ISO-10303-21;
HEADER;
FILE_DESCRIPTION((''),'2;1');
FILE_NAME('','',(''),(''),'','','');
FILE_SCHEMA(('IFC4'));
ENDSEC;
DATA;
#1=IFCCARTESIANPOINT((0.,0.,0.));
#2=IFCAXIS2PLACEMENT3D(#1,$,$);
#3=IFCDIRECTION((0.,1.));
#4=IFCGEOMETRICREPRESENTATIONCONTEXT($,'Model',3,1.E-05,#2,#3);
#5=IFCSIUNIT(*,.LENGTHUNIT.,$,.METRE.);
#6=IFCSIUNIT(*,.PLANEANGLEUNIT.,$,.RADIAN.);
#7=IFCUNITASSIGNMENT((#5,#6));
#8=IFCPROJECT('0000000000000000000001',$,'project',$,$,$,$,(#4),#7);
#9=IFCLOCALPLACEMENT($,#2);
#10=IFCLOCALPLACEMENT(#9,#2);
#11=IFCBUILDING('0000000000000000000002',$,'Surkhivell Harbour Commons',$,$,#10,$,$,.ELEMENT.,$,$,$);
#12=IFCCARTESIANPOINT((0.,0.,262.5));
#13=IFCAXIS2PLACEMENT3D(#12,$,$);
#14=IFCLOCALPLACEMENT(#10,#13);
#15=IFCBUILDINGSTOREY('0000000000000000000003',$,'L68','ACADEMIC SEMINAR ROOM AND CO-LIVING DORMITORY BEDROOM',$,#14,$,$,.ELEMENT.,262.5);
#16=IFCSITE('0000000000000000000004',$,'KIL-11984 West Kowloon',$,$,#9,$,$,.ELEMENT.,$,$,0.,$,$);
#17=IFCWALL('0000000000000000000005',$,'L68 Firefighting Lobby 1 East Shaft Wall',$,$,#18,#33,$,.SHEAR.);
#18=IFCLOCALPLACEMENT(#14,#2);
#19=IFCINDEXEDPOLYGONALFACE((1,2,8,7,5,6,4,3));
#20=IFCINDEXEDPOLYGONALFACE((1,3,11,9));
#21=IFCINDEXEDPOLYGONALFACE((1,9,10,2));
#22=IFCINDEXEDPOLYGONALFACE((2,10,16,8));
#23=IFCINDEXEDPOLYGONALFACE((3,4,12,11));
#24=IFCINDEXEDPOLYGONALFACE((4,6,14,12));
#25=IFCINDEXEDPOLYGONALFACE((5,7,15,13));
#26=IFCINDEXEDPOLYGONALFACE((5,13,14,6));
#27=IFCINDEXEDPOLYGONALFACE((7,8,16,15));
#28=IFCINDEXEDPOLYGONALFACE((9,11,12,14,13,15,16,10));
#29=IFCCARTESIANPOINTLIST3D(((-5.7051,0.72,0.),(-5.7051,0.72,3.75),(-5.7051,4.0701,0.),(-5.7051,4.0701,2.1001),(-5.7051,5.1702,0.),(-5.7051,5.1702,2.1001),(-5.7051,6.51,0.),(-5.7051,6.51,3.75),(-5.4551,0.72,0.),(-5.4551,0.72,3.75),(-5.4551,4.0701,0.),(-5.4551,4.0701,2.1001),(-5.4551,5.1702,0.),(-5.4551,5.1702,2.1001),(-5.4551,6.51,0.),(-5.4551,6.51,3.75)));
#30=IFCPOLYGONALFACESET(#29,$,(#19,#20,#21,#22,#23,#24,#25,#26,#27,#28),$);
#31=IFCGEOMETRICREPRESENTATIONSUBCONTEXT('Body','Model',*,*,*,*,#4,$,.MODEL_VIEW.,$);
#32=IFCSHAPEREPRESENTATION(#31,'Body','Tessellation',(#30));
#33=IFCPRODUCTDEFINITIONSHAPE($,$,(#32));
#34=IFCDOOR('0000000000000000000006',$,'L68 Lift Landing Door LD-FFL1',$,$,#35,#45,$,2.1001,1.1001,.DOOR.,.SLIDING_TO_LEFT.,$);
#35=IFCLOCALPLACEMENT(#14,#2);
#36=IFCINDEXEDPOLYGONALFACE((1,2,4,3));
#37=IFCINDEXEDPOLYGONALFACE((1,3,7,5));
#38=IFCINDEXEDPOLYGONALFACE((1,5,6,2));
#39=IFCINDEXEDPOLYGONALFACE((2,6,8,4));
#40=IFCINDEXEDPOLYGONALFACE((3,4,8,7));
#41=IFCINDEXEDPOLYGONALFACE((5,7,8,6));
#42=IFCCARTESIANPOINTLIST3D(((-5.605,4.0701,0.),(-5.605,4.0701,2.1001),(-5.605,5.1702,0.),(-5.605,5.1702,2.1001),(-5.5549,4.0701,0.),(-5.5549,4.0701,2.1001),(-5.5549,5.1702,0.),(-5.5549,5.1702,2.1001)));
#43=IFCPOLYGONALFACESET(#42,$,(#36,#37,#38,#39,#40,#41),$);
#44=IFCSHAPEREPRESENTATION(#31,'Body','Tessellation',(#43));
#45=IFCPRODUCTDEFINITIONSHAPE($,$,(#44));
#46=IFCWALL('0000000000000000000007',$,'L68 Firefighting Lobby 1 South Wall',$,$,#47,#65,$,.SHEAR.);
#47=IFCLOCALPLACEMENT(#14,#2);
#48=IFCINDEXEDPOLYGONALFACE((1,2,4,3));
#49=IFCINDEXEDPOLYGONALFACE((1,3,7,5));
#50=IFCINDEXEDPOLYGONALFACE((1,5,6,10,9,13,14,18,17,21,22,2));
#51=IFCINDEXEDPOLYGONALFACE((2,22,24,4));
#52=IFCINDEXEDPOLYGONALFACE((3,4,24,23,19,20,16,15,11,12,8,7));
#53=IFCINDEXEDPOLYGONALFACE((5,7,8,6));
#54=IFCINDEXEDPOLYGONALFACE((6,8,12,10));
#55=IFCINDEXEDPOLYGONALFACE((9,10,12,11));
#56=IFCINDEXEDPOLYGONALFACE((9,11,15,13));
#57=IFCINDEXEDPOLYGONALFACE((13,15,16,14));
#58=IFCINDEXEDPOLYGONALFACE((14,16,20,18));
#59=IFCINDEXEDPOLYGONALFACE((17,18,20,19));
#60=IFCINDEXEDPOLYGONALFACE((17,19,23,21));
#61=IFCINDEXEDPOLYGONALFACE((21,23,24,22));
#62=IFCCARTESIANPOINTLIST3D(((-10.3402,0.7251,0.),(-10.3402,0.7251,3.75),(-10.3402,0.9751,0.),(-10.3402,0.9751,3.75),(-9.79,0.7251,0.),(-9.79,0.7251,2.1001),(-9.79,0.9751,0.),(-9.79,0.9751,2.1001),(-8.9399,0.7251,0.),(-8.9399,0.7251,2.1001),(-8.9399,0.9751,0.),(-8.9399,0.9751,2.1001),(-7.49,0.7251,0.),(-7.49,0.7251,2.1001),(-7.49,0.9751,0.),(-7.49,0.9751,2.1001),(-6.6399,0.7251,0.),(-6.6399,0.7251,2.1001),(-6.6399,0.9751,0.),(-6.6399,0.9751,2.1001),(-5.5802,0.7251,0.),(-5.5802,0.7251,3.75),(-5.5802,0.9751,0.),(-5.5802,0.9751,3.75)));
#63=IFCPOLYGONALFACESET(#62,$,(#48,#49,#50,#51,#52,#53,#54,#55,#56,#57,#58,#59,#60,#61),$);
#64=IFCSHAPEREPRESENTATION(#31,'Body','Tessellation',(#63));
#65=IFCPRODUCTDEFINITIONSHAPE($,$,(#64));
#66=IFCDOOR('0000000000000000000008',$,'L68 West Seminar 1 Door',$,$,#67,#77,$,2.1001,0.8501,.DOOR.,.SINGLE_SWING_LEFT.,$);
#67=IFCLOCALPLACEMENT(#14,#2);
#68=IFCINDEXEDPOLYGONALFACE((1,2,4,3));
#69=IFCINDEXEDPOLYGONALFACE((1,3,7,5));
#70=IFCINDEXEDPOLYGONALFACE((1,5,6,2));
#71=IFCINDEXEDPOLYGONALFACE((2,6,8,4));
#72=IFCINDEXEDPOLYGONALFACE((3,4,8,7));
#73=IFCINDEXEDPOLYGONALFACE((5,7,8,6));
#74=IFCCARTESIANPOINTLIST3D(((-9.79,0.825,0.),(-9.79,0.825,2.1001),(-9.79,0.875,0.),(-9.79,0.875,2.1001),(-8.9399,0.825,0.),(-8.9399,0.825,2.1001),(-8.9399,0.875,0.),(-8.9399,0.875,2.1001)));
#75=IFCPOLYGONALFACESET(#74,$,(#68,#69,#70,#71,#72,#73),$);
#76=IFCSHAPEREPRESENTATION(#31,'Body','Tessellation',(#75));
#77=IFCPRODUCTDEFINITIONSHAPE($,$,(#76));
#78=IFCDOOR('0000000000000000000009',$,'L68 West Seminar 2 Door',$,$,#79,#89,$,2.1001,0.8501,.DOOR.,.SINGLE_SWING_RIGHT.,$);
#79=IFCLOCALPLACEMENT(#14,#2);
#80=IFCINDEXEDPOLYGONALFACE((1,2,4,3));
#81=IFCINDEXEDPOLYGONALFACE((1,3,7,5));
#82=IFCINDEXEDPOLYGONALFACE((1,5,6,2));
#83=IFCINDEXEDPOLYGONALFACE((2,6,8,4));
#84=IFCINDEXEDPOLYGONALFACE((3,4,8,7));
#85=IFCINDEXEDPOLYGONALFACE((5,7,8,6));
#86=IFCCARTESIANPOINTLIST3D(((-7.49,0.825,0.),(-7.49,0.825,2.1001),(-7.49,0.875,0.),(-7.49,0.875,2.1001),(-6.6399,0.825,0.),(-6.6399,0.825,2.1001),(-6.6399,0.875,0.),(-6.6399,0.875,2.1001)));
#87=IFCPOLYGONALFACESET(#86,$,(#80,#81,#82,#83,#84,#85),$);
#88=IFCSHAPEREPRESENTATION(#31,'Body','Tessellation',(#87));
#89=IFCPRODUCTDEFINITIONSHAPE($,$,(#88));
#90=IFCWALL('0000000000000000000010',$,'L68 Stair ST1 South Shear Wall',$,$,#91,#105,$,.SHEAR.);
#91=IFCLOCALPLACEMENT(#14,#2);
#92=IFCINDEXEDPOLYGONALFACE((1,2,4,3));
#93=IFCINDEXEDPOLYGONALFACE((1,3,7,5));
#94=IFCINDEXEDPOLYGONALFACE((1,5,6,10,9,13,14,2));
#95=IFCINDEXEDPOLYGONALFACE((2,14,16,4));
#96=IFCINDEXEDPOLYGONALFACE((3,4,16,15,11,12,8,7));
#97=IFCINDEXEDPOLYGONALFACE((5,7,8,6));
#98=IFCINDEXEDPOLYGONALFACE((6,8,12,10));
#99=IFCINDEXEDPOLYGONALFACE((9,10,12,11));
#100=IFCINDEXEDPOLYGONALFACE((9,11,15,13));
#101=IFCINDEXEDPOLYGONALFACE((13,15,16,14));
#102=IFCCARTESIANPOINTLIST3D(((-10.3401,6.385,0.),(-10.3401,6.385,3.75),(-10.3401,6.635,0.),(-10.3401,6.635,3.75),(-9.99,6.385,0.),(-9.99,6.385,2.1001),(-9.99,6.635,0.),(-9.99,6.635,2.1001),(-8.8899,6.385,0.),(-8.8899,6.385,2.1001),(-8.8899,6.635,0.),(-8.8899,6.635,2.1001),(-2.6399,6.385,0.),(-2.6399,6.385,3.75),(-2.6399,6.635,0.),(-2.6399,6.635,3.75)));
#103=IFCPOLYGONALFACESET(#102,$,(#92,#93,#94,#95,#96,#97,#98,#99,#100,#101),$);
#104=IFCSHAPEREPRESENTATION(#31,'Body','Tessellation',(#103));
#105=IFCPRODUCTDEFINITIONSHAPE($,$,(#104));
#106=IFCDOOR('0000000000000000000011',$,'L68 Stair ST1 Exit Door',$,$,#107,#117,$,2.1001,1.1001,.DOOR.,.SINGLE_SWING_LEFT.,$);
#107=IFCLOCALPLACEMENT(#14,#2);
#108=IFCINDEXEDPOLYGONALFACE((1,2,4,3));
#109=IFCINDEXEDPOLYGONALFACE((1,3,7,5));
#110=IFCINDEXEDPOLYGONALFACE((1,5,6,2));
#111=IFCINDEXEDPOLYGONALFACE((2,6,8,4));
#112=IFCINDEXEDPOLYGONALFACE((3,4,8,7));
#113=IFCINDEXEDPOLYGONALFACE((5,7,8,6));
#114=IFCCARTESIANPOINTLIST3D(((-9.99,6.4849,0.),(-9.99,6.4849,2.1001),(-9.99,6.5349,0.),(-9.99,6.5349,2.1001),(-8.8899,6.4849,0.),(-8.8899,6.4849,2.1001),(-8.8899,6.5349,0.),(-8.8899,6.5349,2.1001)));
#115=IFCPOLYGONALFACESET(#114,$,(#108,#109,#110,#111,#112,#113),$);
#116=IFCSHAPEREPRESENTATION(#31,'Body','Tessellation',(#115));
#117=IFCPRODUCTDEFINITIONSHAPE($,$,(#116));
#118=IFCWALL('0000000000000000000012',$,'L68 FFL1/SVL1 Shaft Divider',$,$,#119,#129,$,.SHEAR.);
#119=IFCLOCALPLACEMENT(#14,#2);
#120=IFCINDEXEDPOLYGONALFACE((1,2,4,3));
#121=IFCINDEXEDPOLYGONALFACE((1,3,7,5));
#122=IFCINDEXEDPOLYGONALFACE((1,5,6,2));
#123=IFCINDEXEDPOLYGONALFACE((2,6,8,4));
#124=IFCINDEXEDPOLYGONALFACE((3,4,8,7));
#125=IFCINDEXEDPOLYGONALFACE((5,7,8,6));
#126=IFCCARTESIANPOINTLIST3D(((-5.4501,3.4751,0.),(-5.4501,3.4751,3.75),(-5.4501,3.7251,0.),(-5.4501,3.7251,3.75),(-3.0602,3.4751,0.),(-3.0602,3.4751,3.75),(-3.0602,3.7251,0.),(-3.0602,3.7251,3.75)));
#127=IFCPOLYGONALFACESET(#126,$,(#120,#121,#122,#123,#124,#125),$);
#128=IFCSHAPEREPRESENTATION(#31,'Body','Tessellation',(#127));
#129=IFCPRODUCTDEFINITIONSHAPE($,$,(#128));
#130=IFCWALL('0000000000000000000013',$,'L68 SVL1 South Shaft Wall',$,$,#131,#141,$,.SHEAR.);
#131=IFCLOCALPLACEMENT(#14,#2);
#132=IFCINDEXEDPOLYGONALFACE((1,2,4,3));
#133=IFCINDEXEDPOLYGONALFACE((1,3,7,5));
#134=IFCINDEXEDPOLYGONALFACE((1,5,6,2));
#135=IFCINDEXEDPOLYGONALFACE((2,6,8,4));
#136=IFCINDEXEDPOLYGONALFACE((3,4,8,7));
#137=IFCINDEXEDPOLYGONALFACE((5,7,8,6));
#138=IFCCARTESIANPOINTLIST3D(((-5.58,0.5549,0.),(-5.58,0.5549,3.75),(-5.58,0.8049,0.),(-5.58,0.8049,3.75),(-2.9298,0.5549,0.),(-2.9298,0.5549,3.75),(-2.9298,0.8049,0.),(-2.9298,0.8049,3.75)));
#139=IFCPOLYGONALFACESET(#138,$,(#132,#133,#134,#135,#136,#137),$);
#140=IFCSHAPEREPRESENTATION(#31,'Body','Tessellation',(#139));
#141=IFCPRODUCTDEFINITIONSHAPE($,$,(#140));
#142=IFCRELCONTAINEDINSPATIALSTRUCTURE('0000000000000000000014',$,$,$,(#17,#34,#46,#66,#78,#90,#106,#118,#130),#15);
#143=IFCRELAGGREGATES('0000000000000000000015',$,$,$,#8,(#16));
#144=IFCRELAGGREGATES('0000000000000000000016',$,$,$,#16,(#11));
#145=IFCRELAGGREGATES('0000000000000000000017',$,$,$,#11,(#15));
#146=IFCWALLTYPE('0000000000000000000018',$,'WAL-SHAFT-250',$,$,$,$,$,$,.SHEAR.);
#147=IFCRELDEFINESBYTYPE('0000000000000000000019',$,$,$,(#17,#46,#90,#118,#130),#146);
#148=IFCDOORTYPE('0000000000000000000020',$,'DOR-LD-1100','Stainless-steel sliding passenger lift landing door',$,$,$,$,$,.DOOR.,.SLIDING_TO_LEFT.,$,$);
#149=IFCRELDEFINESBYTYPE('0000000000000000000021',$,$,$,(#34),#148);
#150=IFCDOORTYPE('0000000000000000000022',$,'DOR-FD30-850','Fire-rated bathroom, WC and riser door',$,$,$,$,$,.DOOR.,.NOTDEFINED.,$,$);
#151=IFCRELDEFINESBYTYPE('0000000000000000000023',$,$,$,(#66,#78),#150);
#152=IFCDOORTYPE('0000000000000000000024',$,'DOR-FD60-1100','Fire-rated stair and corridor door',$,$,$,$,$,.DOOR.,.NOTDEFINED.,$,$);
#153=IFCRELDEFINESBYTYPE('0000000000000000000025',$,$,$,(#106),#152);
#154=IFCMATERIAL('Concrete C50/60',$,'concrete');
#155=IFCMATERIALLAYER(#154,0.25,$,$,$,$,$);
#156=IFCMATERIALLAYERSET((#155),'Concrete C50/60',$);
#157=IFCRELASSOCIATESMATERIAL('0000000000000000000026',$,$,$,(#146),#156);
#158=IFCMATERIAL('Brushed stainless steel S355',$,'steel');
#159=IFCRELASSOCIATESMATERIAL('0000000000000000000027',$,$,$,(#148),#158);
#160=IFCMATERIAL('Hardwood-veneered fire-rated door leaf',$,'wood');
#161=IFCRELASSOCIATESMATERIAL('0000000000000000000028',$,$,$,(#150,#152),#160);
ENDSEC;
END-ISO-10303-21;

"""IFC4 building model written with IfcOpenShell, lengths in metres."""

from ifc_helpers import new_model, si_unit, direction, frame, frame_2d, origin, place, context, subcontext, project, spatial, rectangle, extrude, material, layer, layer_set, type_object, element, fill, save


model = new_model("IFC4")

# Units and contexts
model_context = context("Model", 3, precision=1e-05, world=origin(), true_north=direction((0.0, 1.0)))
body_context = subcontext(model_context, "Body", "Model", "MODEL_VIEW")
ifc_project = project(units=[si_unit("LENGTHUNIT", "METRE"), si_unit("PLANEANGLEUNIT", "RADIAN")], contexts=[model_context])

# Site, building, storey
site_placement = place(None, origin())
site = spatial("IfcSite", under=ifc_project, at=site_placement, Name="KIL-11984 West Kowloon", CompositionType="ELEMENT", RefElevation=0.0)
building_placement = place(site_placement, origin())
building = spatial("IfcBuilding", under=site, at=building_placement, Name="Surkhivell Harbour Commons", CompositionType="ELEMENT")
storey_placement = place(building_placement, frame((0.0, 0.0, 262.5)))
storey = spatial("IfcBuildingStorey", under=building, at=storey_placement, Name="L68", Description="ACADEMIC SEMINAR ROOM AND CO-LIVING DORMITORY BEDROOM", CompositionType="ELEMENT", Elevation=262.5)

# Shared definitions
ifc_material_1 = material(Name="Concrete C50/60", Category="concrete")
ifc_material_2 = material(Name="Hardwood-veneered fire-rated door leaf", Category="wood")

# Wall, opening, door
ifc_layer_1 = layer(ifc_material_1, 0.25)
ifc_layer_set_1 = layer_set([ifc_layer_1], Name="Concrete C50/60")
wall_type_1 = type_object("IfcWallType", Name="WAL-SHAFT-250", PredefinedType="SHEAR", material=ifc_layer_set_1)
wall_1_placement = place(storey_placement, frame((-5.5801, 0.72, 0.0), z_axis=(0.0, 0.0, 1.0), x_axis=(0.0, 1.0, 0.0)))
wall_1 = element("IfcWall", 1, at=wall_1_placement, inside=storey, type_object=wall_type_1, Name="L68 Firefighting Lobby 1 East Shaft Wall", PredefinedType="SHEAR", context=body_context, shape_type="SweptSolid", body=[
    extrude(rectangle(XDim=5.79, YDim=0.25, at=frame_2d((2.895, 0.0))), origin(), (0.0, 0.0, 1.0), 3.75),
])
opening_1_placement = place(wall_1_placement, frame((3.3501, 0.0, 0.0)))
opening_1 = element("IfcOpeningElement", 2, at=opening_1_placement, cuts=wall_1, PredefinedType="OPENING", context=body_context, shape_type="SweptSolid", body=[
    extrude(rectangle(XDim=1.1001, YDim=2.1001, at=frame_2d((0.55, 1.05))), frame((0.0, 0.135, 0.0), z_axis=(0.0, -1.0, 0.0), x_axis=(1.0, 0.0, 0.0)), (0.0, 0.0, 1.0), 0.27),
])
ifc_material_3 = material(Name="Brushed stainless steel S355", Category="steel")
door_type_1 = type_object("IfcDoorType", Name="DOR-LD-1100", Description="Stainless-steel sliding passenger lift landing door", OperationType="SLIDING_TO_LEFT", PredefinedType="DOOR", material=ifc_material_3)
door_1_placement = place(opening_1_placement, origin())
door_1 = element("IfcDoor", 3, at=door_1_placement, inside=storey, type_object=door_type_1, Name="L68 Lift Landing Door LD-FFL1", OperationType="SLIDING_TO_LEFT", OverallHeight=2.1001, OverallWidth=1.1001, PredefinedType="DOOR", context=body_context, shape_type="SweptSolid", body=[
    extrude(rectangle(XDim=1.1001, YDim=2.1001, at=frame_2d((0.55, 1.05))), frame((0.0, 0.0249, 0.0), z_axis=(0.0, -1.0, 0.0), x_axis=(1.0, 0.0, 0.0)), (0.0, 0.0, 1.0), 0.05),
])
fill(opening_1, door_1)

# Wall, openings, doors
wall_2_placement = place(storey_placement, frame((-10.3401, 0.8501, 0.0), z_axis=(0.0, 0.0, 1.0), x_axis=(1.0, 0.0, 0.0)))
wall_2 = element("IfcWall", 4, at=wall_2_placement, inside=storey, type_object=wall_type_1, Name="L68 Firefighting Lobby 1 South Wall", PredefinedType="SHEAR", context=body_context, shape_type="SweptSolid", body=[
    extrude(rectangle(XDim=4.76, YDim=0.25, at=frame_2d((2.3799, 0.0))), origin(), (0.0, 0.0, 1.0), 3.75),
])
opening_2_placement = place(wall_2_placement, frame((0.55, 0.0, 0.0)))
opening_2 = element("IfcOpeningElement", 5, at=opening_2_placement, cuts=wall_2, PredefinedType="OPENING", context=body_context, shape_type="SweptSolid", body=[
    extrude(rectangle(XDim=0.8501, YDim=2.1001, at=frame_2d((0.425, 1.05))), frame((0.0, 0.135, 0.0), z_axis=(0.0, -1.0, 0.0), x_axis=(1.0, 0.0, 0.0)), (0.0, 0.0, 1.0), 0.27),
])
opening_3_placement = place(wall_2_placement, frame((2.8501, 0.0, 0.0)))
opening_3 = element("IfcOpeningElement", 6, at=opening_3_placement, cuts=wall_2, PredefinedType="OPENING", context=body_context, shape_type="SweptSolid", body=[
    extrude(rectangle(XDim=0.8501, YDim=2.1001, at=frame_2d((0.425, 1.05))), frame((0.0, 0.135, 0.0), z_axis=(0.0, -1.0, 0.0), x_axis=(1.0, 0.0, 0.0)), (0.0, 0.0, 1.0), 0.27),
])
door_type_2 = type_object("IfcDoorType", Name="DOR-FD30-850", Description="Fire-rated bathroom, WC and riser door", OperationType="NOTDEFINED", PredefinedType="DOOR", material=ifc_material_2)
door_2_placement = place(opening_2_placement, origin())
door_2 = element("IfcDoor", 7, at=door_2_placement, inside=storey, type_object=door_type_2, Name="L68 West Seminar 1 Door", OperationType="SINGLE_SWING_LEFT", OverallHeight=2.1001, OverallWidth=0.8501, PredefinedType="DOOR", context=body_context, shape_type="SweptSolid", body=[
    extrude(rectangle(XDim=0.8501, YDim=2.1001, at=frame_2d((0.425, 1.05))), frame((0.0, 0.0249, 0.0), z_axis=(0.0, -1.0, 0.0), x_axis=(1.0, 0.0, 0.0)), (0.0, 0.0, 1.0), 0.05),
])
fill(opening_2, door_2)
door_3_placement = place(opening_3_placement, origin())
door_3 = element("IfcDoor", 8, at=door_3_placement, inside=storey, type_object=door_type_2, Name="L68 West Seminar 2 Door", OperationType="SINGLE_SWING_RIGHT", OverallHeight=2.1001, OverallWidth=0.8501, PredefinedType="DOOR", context=body_context, shape_type="SweptSolid", body=[
    extrude(rectangle(XDim=0.8501, YDim=2.1001, at=frame_2d((0.425, 1.05))), frame((0.0, 0.0249, 0.0), z_axis=(0.0, -1.0, 0.0), x_axis=(1.0, 0.0, 0.0)), (0.0, 0.0, 1.0), 0.05),
])
fill(opening_3, door_3)

# Wall, opening, door
wall_3_placement = place(storey_placement, frame((-10.3401, 6.51, 0.0), z_axis=(0.0, 0.0, 1.0), x_axis=(1.0, 0.0, 0.0)))
wall_3 = element("IfcWall", 9, at=wall_3_placement, inside=storey, type_object=wall_type_1, Name="L68 Stair ST1 South Shear Wall", PredefinedType="SHEAR", context=body_context, shape_type="SweptSolid", body=[
    extrude(rectangle(XDim=7.7002, YDim=0.25, at=frame_2d((3.8501, 0.0))), origin(), (0.0, 0.0, 1.0), 3.75),
])
opening_4_placement = place(wall_3_placement, frame((0.3501, 0.0, 0.0)))
opening_4 = element("IfcOpeningElement", 10, at=opening_4_placement, cuts=wall_3, PredefinedType="OPENING", context=body_context, shape_type="SweptSolid", body=[
    extrude(rectangle(XDim=1.1001, YDim=2.1001, at=frame_2d((0.55, 1.05))), frame((0.0, 0.135, 0.0), z_axis=(0.0, -1.0, 0.0), x_axis=(1.0, 0.0, 0.0)), (0.0, 0.0, 1.0), 0.27),
])
door_type_3 = type_object("IfcDoorType", Name="DOR-FD60-1100", Description="Fire-rated stair and corridor door", OperationType="NOTDEFINED", PredefinedType="DOOR", material=ifc_material_2)
door_4_placement = place(opening_4_placement, origin())
door_4 = element("IfcDoor", 11, at=door_4_placement, inside=storey, type_object=door_type_3, Name="L68 Stair ST1 Exit Door", OperationType="SINGLE_SWING_LEFT", OverallHeight=2.1001, OverallWidth=1.1001, PredefinedType="DOOR", context=body_context, shape_type="SweptSolid", body=[
    extrude(rectangle(XDim=1.1001, YDim=2.1001, at=frame_2d((0.55, 1.05))), frame((0.0, 0.0249, 0.0), z_axis=(0.0, -1.0, 0.0), x_axis=(1.0, 0.0, 0.0)), (0.0, 0.0, 1.0), 0.05),
])
fill(opening_4, door_4)

# Walls
wall_4_placement = place(storey_placement, frame((-5.45, 3.6001, 0.0), z_axis=(0.0, 0.0, 1.0), x_axis=(1.0, 0.0, 0.0)))
element("IfcWall", 12, at=wall_4_placement, inside=storey, type_object=wall_type_1, Name="L68 FFL1/SVL1 Shaft Divider", PredefinedType="SHEAR", context=body_context, shape_type="SweptSolid", body=[
    extrude(rectangle(XDim=2.3899, YDim=0.25, at=frame_2d((1.1948, 0.0))), origin(), (0.0, 0.0, 1.0), 3.75),
])
wall_5_placement = place(storey_placement, frame((-5.5801, 0.6799, 0.0), z_axis=(0.0, 0.0, 1.0), x_axis=(1.0, 0.0, 0.0)))
element("IfcWall", 13, at=wall_5_placement, inside=storey, type_object=wall_type_1, Name="L68 SVL1 South Shaft Wall", PredefinedType="SHEAR", context=body_context, shape_type="SweptSolid", body=[
    extrude(rectangle(XDim=2.6501, YDim=0.25, at=frame_2d((1.3252, 0.0))), origin(), (0.0, 0.0, 1.0), 3.75),
])

save(model, "model.ifc")
